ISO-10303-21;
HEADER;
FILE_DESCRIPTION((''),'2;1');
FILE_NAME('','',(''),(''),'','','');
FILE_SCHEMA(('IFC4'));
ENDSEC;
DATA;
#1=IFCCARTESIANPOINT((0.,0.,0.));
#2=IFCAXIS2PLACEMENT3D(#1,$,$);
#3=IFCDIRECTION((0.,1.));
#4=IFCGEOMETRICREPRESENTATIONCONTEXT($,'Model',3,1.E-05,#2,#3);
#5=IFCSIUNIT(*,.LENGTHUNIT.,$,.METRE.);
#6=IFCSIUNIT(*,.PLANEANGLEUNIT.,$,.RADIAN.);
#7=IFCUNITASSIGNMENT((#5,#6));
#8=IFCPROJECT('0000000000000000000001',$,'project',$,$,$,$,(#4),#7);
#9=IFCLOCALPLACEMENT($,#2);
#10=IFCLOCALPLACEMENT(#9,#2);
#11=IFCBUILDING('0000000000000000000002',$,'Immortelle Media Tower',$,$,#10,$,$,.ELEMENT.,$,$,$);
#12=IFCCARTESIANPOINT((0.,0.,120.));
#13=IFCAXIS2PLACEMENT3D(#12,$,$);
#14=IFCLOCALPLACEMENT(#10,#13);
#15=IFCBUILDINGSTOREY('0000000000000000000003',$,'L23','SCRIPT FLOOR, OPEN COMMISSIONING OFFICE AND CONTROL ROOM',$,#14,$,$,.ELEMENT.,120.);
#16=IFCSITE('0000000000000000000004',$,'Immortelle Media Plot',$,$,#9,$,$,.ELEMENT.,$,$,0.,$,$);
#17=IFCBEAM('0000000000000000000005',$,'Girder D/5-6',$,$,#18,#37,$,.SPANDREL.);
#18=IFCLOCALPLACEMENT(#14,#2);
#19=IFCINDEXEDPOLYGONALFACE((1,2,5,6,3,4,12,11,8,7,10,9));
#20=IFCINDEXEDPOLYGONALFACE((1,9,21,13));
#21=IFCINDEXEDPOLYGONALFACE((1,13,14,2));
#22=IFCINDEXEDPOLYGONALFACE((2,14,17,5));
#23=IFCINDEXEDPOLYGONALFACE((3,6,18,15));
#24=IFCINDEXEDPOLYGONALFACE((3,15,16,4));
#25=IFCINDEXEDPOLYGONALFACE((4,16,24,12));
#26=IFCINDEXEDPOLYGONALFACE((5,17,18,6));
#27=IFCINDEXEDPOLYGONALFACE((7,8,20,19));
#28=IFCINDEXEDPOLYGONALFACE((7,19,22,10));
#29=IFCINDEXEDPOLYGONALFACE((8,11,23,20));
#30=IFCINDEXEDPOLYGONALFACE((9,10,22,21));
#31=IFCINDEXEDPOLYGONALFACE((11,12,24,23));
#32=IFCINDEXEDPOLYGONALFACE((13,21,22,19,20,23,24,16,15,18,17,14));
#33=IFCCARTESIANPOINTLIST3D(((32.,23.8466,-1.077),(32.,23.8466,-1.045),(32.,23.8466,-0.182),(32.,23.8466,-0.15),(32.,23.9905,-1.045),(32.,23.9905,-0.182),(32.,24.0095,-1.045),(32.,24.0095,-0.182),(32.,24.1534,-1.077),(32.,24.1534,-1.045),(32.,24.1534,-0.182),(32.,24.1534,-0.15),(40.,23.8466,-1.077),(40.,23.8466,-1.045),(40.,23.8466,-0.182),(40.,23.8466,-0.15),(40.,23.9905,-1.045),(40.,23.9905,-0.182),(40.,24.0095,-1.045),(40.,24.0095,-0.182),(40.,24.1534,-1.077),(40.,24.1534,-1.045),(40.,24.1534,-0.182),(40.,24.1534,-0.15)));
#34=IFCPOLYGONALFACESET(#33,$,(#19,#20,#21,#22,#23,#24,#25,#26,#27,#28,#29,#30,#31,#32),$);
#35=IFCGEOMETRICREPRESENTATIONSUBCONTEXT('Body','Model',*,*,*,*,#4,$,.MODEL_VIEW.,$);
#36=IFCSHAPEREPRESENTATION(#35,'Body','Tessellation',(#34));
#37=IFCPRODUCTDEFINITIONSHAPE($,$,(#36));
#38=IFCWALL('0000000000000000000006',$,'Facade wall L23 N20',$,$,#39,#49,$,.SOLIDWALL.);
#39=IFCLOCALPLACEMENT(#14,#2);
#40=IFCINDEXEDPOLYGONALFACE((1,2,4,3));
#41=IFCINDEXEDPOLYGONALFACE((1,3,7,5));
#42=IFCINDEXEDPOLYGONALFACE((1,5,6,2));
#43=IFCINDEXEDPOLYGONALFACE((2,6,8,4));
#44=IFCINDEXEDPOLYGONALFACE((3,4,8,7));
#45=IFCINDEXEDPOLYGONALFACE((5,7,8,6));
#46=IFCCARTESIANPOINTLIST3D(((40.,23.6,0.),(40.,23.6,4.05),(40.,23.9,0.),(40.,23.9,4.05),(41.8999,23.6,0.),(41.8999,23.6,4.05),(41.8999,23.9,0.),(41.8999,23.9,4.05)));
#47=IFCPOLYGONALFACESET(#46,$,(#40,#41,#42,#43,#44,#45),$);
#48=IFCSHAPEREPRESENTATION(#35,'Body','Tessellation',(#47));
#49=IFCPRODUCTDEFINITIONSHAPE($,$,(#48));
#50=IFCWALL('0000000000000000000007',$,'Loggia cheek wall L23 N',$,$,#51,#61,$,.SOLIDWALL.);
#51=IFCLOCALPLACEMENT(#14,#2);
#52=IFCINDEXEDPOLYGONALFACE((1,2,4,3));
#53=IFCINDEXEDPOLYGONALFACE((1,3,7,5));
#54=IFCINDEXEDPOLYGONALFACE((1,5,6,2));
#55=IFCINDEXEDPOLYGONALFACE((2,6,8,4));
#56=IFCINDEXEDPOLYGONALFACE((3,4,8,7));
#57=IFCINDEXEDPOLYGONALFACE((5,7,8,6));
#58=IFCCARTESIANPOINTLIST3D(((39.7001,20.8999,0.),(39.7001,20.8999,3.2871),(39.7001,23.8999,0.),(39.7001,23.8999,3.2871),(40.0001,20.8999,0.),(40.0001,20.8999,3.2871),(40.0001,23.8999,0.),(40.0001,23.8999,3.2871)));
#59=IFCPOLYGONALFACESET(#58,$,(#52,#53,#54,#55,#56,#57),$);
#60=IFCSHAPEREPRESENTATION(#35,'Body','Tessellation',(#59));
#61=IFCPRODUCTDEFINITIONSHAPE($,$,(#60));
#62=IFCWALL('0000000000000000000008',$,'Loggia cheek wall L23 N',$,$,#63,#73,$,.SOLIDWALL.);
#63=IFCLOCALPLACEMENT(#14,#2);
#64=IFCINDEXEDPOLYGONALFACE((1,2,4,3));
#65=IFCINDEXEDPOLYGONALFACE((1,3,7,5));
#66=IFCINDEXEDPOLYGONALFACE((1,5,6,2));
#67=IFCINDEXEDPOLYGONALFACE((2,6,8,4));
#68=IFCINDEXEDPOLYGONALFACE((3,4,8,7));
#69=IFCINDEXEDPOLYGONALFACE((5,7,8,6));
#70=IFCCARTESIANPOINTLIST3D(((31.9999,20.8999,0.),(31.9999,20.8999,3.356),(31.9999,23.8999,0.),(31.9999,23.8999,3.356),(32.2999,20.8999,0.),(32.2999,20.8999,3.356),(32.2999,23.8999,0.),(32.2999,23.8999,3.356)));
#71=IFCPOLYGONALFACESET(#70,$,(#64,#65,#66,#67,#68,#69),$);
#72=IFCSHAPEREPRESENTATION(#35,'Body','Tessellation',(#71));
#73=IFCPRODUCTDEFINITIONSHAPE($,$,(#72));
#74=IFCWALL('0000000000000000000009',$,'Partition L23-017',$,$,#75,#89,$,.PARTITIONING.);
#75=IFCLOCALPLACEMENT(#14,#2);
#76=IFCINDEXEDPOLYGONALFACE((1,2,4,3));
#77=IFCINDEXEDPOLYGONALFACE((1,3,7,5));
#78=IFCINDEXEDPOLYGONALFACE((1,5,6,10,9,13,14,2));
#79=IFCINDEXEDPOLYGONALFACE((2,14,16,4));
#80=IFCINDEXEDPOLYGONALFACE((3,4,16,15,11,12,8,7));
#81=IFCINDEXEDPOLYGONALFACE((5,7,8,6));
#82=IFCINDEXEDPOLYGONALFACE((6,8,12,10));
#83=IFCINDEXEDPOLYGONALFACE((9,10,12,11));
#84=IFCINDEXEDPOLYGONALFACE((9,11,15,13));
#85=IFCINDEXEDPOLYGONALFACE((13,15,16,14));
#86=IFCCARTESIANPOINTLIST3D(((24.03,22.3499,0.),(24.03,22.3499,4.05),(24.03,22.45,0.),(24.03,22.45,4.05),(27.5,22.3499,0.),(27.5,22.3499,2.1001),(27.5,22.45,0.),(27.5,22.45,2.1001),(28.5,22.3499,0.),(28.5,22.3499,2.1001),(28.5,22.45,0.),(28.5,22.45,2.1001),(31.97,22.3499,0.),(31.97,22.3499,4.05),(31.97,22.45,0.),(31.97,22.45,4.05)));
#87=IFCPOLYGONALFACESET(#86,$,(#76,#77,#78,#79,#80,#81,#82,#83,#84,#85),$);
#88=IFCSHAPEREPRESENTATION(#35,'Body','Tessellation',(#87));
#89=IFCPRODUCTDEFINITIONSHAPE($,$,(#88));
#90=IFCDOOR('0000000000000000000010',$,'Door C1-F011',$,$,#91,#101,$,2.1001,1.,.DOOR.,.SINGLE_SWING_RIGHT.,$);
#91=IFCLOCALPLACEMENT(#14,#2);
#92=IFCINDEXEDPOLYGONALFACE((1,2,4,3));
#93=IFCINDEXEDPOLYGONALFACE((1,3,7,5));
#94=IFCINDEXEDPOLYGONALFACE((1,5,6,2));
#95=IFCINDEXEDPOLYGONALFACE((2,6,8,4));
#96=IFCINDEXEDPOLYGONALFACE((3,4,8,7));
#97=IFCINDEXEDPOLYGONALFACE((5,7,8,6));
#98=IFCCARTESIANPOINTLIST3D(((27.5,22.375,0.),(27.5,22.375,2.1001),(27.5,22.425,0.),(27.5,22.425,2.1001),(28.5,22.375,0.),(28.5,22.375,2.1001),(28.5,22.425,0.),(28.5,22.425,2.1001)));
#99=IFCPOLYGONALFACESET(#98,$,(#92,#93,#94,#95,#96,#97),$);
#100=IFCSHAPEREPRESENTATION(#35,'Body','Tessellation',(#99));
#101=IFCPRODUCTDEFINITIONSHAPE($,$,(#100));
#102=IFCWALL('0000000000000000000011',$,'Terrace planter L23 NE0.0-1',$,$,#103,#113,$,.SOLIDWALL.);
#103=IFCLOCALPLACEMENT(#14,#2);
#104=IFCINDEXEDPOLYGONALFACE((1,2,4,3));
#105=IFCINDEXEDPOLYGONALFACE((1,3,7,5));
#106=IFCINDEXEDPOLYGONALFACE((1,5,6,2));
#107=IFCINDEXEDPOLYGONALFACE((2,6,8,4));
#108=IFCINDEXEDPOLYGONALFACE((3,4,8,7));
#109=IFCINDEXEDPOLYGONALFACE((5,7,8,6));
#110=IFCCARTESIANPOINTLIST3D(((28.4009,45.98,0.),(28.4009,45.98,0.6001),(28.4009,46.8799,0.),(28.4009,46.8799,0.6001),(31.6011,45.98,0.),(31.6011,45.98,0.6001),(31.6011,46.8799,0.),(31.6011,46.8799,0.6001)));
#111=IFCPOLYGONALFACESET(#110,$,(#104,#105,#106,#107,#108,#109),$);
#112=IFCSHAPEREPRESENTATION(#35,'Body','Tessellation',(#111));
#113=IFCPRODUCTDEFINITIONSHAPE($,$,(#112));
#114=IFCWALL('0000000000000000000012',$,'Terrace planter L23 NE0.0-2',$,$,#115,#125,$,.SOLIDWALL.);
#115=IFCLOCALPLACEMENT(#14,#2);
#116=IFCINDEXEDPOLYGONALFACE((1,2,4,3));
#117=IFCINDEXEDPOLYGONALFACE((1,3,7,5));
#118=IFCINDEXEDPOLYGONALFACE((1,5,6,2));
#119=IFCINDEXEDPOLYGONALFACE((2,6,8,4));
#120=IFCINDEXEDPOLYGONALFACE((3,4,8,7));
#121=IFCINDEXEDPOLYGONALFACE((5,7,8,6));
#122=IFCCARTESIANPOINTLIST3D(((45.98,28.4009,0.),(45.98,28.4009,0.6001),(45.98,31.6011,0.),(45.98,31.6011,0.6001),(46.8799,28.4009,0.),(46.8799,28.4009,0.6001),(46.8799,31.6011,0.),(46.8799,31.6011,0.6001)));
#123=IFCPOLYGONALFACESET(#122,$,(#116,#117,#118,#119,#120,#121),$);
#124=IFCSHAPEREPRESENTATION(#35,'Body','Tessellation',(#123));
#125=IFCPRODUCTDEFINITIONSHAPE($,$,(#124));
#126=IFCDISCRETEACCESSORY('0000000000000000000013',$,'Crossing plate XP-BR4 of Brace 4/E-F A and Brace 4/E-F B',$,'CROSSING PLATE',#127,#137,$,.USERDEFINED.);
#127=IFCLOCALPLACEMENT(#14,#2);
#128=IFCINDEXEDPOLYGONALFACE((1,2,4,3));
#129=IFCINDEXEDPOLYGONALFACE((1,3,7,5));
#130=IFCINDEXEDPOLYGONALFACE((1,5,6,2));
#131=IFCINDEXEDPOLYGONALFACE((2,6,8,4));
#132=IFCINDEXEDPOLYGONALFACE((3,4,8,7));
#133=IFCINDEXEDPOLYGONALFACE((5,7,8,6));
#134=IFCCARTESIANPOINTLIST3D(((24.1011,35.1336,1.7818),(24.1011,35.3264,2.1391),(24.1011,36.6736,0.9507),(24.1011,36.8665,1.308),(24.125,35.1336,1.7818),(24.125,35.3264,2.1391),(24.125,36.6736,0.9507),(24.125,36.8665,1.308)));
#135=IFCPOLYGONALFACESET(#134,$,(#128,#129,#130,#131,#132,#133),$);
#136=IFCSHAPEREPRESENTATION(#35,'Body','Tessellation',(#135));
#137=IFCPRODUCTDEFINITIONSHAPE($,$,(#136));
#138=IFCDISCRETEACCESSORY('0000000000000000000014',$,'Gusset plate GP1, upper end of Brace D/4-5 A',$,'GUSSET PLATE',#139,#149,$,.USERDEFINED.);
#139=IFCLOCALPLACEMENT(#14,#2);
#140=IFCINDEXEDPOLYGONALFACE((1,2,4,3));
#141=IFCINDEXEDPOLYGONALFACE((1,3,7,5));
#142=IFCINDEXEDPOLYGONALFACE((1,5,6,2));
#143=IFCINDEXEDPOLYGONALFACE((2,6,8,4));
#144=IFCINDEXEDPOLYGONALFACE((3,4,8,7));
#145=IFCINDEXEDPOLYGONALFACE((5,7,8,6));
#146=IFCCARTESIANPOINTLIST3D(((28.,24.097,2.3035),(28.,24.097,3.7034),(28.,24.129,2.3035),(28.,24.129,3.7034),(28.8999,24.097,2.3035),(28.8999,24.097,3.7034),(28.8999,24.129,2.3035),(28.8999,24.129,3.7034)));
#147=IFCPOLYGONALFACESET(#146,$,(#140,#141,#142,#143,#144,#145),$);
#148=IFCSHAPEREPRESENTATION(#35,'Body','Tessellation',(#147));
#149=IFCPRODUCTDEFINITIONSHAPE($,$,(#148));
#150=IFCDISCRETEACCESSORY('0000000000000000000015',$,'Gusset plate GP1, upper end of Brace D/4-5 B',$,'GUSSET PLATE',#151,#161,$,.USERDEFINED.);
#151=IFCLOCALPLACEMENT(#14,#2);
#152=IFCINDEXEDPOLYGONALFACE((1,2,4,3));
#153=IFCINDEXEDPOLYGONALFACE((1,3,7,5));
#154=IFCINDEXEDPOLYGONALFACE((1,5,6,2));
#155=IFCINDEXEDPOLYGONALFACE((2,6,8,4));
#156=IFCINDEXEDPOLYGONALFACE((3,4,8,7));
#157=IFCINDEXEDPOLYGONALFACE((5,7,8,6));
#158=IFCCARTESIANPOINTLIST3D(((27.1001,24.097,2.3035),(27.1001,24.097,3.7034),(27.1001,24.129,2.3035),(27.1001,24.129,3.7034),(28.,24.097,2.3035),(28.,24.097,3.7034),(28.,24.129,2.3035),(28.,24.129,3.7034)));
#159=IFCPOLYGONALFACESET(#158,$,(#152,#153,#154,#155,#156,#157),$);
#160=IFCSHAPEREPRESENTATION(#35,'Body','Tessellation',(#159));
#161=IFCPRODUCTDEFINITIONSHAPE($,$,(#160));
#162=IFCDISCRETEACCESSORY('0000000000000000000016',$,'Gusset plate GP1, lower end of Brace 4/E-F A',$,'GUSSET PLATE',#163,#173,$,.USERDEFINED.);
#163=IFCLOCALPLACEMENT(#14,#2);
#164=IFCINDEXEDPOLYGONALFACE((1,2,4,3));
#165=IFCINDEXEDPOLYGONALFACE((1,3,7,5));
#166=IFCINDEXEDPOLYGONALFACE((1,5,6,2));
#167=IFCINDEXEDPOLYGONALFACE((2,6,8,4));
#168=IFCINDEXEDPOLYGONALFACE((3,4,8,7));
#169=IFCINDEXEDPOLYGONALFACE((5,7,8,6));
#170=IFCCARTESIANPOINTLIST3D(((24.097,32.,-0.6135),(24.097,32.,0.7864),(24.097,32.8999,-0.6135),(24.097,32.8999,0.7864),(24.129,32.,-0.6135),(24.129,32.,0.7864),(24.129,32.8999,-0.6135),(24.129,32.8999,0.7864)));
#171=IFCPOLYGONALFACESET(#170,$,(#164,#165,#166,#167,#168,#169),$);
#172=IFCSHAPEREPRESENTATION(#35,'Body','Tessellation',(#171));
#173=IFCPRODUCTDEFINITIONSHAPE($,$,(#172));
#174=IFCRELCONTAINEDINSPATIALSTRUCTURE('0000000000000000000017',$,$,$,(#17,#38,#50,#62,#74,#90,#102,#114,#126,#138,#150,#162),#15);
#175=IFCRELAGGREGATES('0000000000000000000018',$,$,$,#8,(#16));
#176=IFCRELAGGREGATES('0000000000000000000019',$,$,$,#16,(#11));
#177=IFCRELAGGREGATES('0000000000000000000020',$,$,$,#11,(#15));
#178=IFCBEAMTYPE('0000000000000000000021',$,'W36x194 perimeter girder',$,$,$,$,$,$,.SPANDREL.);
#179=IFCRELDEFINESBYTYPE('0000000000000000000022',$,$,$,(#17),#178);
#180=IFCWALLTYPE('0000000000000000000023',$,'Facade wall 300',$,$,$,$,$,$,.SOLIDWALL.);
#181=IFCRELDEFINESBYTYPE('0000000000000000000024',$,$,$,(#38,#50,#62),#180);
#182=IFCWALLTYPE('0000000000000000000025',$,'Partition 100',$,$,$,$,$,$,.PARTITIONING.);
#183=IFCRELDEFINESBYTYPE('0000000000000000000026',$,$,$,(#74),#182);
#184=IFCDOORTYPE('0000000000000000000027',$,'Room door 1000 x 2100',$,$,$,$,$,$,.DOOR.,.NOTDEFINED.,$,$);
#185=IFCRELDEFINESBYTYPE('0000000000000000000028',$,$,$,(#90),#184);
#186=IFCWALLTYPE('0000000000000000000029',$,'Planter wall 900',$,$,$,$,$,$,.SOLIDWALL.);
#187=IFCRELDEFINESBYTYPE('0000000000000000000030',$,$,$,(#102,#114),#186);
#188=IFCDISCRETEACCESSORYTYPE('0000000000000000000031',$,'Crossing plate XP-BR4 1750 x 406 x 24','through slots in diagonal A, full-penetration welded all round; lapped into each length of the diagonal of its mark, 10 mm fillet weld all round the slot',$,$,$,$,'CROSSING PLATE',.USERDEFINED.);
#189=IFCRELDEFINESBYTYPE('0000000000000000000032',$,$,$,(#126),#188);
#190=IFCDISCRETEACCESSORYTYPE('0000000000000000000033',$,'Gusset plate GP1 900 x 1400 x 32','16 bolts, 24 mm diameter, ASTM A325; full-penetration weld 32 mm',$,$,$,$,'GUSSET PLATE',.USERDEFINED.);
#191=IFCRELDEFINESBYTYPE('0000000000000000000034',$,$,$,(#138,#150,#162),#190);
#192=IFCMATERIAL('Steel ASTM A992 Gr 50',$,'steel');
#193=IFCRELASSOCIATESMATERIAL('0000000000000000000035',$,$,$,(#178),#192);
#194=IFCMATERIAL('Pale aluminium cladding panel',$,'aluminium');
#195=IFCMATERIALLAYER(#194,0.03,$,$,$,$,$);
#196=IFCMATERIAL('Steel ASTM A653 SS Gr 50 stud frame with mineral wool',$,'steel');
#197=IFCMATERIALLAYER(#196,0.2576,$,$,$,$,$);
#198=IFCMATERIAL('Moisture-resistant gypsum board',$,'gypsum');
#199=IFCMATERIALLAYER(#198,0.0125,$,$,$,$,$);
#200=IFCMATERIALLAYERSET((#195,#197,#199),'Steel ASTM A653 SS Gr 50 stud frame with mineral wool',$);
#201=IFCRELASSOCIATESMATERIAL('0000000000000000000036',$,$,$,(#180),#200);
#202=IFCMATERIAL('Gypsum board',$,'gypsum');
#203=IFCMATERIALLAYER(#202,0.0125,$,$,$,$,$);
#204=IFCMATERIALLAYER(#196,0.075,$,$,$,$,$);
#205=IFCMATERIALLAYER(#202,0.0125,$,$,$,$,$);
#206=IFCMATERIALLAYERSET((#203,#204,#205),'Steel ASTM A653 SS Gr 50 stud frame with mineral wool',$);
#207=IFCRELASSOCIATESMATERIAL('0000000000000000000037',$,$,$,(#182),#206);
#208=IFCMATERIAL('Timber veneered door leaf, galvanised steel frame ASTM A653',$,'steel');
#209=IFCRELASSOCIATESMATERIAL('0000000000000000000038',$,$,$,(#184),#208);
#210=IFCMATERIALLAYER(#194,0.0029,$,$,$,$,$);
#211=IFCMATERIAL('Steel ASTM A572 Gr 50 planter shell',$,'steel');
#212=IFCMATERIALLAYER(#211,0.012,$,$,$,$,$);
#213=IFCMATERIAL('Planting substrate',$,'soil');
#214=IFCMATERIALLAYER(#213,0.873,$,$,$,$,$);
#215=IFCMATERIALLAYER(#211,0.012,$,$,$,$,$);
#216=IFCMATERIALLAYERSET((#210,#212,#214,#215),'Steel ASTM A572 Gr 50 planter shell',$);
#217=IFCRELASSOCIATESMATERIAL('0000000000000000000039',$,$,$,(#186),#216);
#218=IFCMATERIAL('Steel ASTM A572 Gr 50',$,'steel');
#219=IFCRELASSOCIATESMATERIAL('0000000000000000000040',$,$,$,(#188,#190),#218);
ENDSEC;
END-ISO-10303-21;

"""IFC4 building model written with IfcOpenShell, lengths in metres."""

from ifc_helpers import new_model, si_unit, direction, frame, frame_2d, origin, origin_2d, place, context, subcontext, project, spatial, rectangle, i_section, extrude, material, layer, layer_set, material_profile, profile_set, type_object, element, fill, save


model = new_model("IFC4")

# Units and contexts
model_context = context("Model", 3, precision=1e-05, world=origin(), true_north=direction((0.0, 1.0)))
body_context = subcontext(model_context, "Body", "Model", "MODEL_VIEW")
ifc_project = project(units=[si_unit("LENGTHUNIT", "METRE"), si_unit("PLANEANGLEUNIT", "RADIAN")], contexts=[model_context])

# Site, building, storey
site_placement = place(None, origin())
site = spatial("IfcSite", under=ifc_project, at=site_placement, Name="Immortelle Media Plot", CompositionType="ELEMENT", RefElevation=0.0)
building_placement = place(site_placement, origin())
building = spatial("IfcBuilding", under=site, at=building_placement, Name="Immortelle Media Tower", CompositionType="ELEMENT")
storey_placement = place(building_placement, frame((0.0, 0.0, 120.0)))
storey = spatial("IfcBuildingStorey", under=building, at=storey_placement, Name="L23", Description="SCRIPT FLOOR, OPEN COMMISSIONING OFFICE AND CONTROL ROOM", CompositionType="ELEMENT", Elevation=120.0)

# Shared definitions
ifc_material_1 = material(Name="Steel ASTM A992 Gr 50", Category="steel")

# Beam
ifc_material_profile_1 = material_profile(ifc_material_1, i_section(OverallWidth=0.3069, OverallDepth=0.927, WebThickness=0.019, FlangeThickness=0.032, at=origin_2d()), Name="W36x194")
ifc_profile_set_1 = profile_set([ifc_material_profile_1], Name="Steel ASTM A992 Gr 50")
beam_type_1 = type_object("IfcBeamType", Name="W36x194 perimeter girder", PredefinedType="SPANDREL", material=ifc_profile_set_1)
beam_1_placement = place(storey_placement, frame((32.0, 24.0, -0.6135), z_axis=(1.0, 0.0, 0.0), x_axis=(0.0, 1.0, 0.0)))
element("IfcBeam", 1, at=beam_1_placement, inside=storey, type_object=beam_type_1, Name="Girder D/5-6", PredefinedType="SPANDREL", context=body_context, shape_type="SweptSolid", body=[
    extrude(i_section(OverallWidth=0.3069, OverallDepth=0.927, WebThickness=0.019, FlangeThickness=0.032, at=origin_2d()), origin(), (0.0, 0.0, 1.0), 8.0),
])

# Walls
ifc_material_2 = material(Name="Pale aluminium cladding panel", Category="aluminium")
ifc_layer_1 = layer(ifc_material_2, 0.03)
ifc_material_3 = material(Name="Steel ASTM A653 SS Gr 50 stud frame with mineral wool", Category="steel")
ifc_layer_2 = layer(ifc_material_3, 0.2576)
ifc_material_4 = material(Name="Moisture-resistant gypsum board", Category="gypsum")
ifc_layer_3 = layer(ifc_material_4, 0.0125)
ifc_layer_set_1 = layer_set([ifc_layer_1, ifc_layer_2, ifc_layer_3], Name="Steel ASTM A653 SS Gr 50 stud frame with mineral wool")
wall_type_1 = type_object("IfcWallType", Name="Facade wall 300", PredefinedType="SOLIDWALL", material=ifc_layer_set_1)
wall_1_placement = place(storey_placement, frame((41.8999, 23.75, 0.0), z_axis=(0.0, 0.0, 1.0), x_axis=(-1.0, 0.0, 0.0)))
element("IfcWall", 2, at=wall_1_placement, inside=storey, type_object=wall_type_1, Name="Facade wall L23 N20", PredefinedType="SOLIDWALL", context=body_context, shape_type="SweptSolid", body=[
    extrude(rectangle(XDim=1.8999, YDim=0.3, at=frame_2d((0.95, 0.0))), origin(), (0.0, 0.0, 1.0), 4.05),
])
wall_2_placement = place(storey_placement, frame((39.8501, 23.8999, 0.0), z_axis=(0.0, 0.0, 1.0), x_axis=(0.0, -1.0, 0.0)))
element("IfcWall", 3, at=wall_2_placement, inside=storey, type_object=wall_type_1, Name="Loggia cheek wall L23 N", PredefinedType="SOLIDWALL", context=body_context, shape_type="SweptSolid", body=[
    extrude(rectangle(XDim=3.0, YDim=0.3, at=frame_2d((1.5, 0.0))), origin(), (0.0, 0.0, 1.0), 3.2871),
])
wall_3_placement = place(storey_placement, frame((32.1499, 23.8999, 0.0), z_axis=(0.0, 0.0, 1.0), x_axis=(0.0, -1.0, 0.0)))
element("IfcWall", 4, at=wall_3_placement, inside=storey, type_object=wall_type_1, Name="Loggia cheek wall L23 N", PredefinedType="SOLIDWALL", context=body_context, shape_type="SweptSolid", body=[
    extrude(rectangle(XDim=3.0, YDim=0.3, at=frame_2d((1.5, 0.0))), origin(), (0.0, 0.0, 1.0), 3.356),
])

# Wall, opening, door
ifc_material_5 = material(Name="Gypsum board", Category="gypsum")
ifc_layer_4 = layer(ifc_material_5, 0.0125)
ifc_layer_5 = layer(ifc_material_3, 0.075)
ifc_layer_6 = layer(ifc_material_5, 0.0125)
ifc_layer_set_2 = layer_set([ifc_layer_4, ifc_layer_5, ifc_layer_6], Name="Steel ASTM A653 SS Gr 50 stud frame with mineral wool")
wall_type_2 = type_object("IfcWallType", Name="Partition 100", PredefinedType="PARTITIONING", material=ifc_layer_set_2)
wall_4_placement = place(storey_placement, frame((24.03, 22.3999, 0.0), z_axis=(0.0, 0.0, 1.0), x_axis=(1.0, 0.0, 0.0)))
wall_4 = element("IfcWall", 5, at=wall_4_placement, inside=storey, type_object=wall_type_2, Name="Partition L23-017", PredefinedType="PARTITIONING", context=body_context, shape_type="SweptSolid", body=[
    extrude(rectangle(XDim=7.9399, YDim=0.1001, at=frame_2d((3.97, 0.0))), origin(), (0.0, 0.0, 1.0), 4.05),
])
opening_1_placement = place(wall_4_placement, frame((4.47, 0.0, 0.0), z_axis=(0.0, 0.0, 1.0), x_axis=(-1.0, 0.0, 0.0)))
opening_1 = element("IfcOpeningElement", 6, at=opening_1_placement, cuts=wall_4, PredefinedType="OPENING", context=body_context, shape_type="SweptSolid", body=[
    extrude(rectangle(XDim=1.0, YDim=2.1001, at=frame_2d((0.5, 1.05))), frame((0.0, 0.0601, 0.0), z_axis=(0.0, -1.0, 0.0), x_axis=(1.0, 0.0, 0.0)), (0.0, 0.0, 1.0), 0.1201),
])
ifc_material_6 = material(Name="Timber veneered door leaf, galvanised steel frame ASTM A653", Category="steel")
door_type_1 = type_object("IfcDoorType", Name="Room door 1000 x 2100", OperationType="NOTDEFINED", PredefinedType="DOOR", material=ifc_material_6)
door_1_placement = place(opening_1_placement, origin())
door_1 = element("IfcDoor", 7, at=door_1_placement, inside=storey, type_object=door_type_1, Name="Door C1-F011", OperationType="SINGLE_SWING_RIGHT", OverallHeight=2.1001, OverallWidth=1.0, PredefinedType="DOOR", context=body_context, shape_type="SweptSolid", body=[
    extrude(rectangle(XDim=1.0, YDim=2.1001, at=frame_2d((0.5, 1.05))), frame((0.0, 0.0249, 0.0), z_axis=(0.0, -1.0, 0.0), x_axis=(1.0, 0.0, 0.0)), (0.0, 0.0, 1.0), 0.05),
])
fill(opening_1, door_1)

# Walls
ifc_layer_7 = layer(ifc_material_2, 0.0029)
ifc_material_7 = material(Name="Steel ASTM A572 Gr 50 planter shell", Category="steel")
ifc_layer_8 = layer(ifc_material_7, 0.012)
ifc_material_8 = material(Name="Planting substrate", Category="soil")
ifc_layer_9 = layer(ifc_material_8, 0.873)
ifc_layer_10 = layer(ifc_material_7, 0.012)
ifc_layer_set_3 = layer_set([ifc_layer_7, ifc_layer_8, ifc_layer_9, ifc_layer_10], Name="Steel ASTM A572 Gr 50 planter shell")
wall_type_3 = type_object("IfcWallType", Name="Planter wall 900", PredefinedType="SOLIDWALL", material=ifc_layer_set_3)
for number, where, z_axis, x_axis, name in (
    (8, (28.4009, 46.4299, 0.0), (0.0, 0.0, 1.0), (1.0, 0.0, 0.0), "Terrace planter L23 NE0.0-1"),
    (9, (46.4299, 31.6011, 0.0), (0.0, 0.0, 1.0), (0.0, -1.0, 0.0), "Terrace planter L23 NE0.0-2"),
):
    element("IfcWall", number, at=place(storey_placement, frame(where, z_axis=z_axis, x_axis=x_axis)), inside=storey, type_object=wall_type_3, Name=name, PredefinedType="SOLIDWALL", context=body_context, shape_type="SweptSolid", body=[
        extrude(rectangle(XDim=3.2002, YDim=0.8999, at=frame_2d((1.6001, 0.0))), origin(), (0.0, 0.0, 1.0), 0.6001),
    ])

# Discrete accessories
ifc_material_9 = material(Name="Steel ASTM A572 Gr 50", Category="steel")
ifc_material_profile_2 = material_profile(ifc_material_9, rectangle(XDim=0.0239, YDim=0.406, at=origin_2d()), Name="PL 24 x 406")
ifc_profile_set_2 = profile_set([ifc_material_profile_2], Name="Steel ASTM A572 Gr 50")
discrete_accessory_type_1 = type_object("IfcDiscreteAccessoryType", Name="Crossing plate XP-BR4 1750 x 406 x 24", Description="through slots in diagonal A, full-penetration welded all round; lapped into each length of the diagonal of its mark, 10 mm fillet weld all round the slot", ElementType="CROSSING PLATE", PredefinedType="USERDEFINED", material=ifc_profile_set_2)
discrete_accessory_placement = place(storey_placement, frame((24.113, 35.23, 1.9604), z_axis=(0.0, 0.880041, -0.474898), x_axis=(-1.0, 0.0, 0.0)))
element("IfcDiscreteAccessory", 10, at=discrete_accessory_placement, inside=storey, type_object=discrete_accessory_type_1, Name="Crossing plate XP-BR4 of Brace 4/E-F A and Brace 4/E-F B", ObjectType="CROSSING PLATE", PredefinedType="USERDEFINED", context=body_context, shape_type="SweptSolid", body=[
    extrude(rectangle(XDim=0.0239, YDim=0.406, at=origin_2d()), origin(), (0.0, 0.0, 1.0), 1.75),
])
ifc_material_profile_3 = material_profile(ifc_material_9, rectangle(XDim=0.032, YDim=1.3999, at=origin_2d()), Name="PL 32 x 1400")
ifc_profile_set_3 = profile_set([ifc_material_profile_3], Name="Steel ASTM A572 Gr 50")
discrete_accessory_type_2 = type_object("IfcDiscreteAccessoryType", Name="Gusset plate GP1 900 x 1400 x 32", Description="16 bolts, 24 mm diameter, ASTM A325; full-penetration weld 32 mm", ElementType="GUSSET PLATE", PredefinedType="USERDEFINED", material=ifc_profile_set_3)
for number, where, z_axis, x_axis, name in (
    (11, (28.0, 24.113, 3.0034), (1.0, 0.0, 0.0), (0.0, 1.0, 0.0), "Gusset plate GP1, upper end of Brace D/4-5 A"),
    (12, (28.0, 24.113, 3.0034), (-1.0, 0.0, 0.0), (0.0, -1.0, 0.0), "Gusset plate GP1, upper end of Brace D/4-5 B"),
    (13, (24.113, 32.0, 0.0864), (0.0, 1.0, 0.0), (-1.0, 0.0, 0.0), "Gusset plate GP1, lower end of Brace 4/E-F A"),
):
    element("IfcDiscreteAccessory", number, at=place(storey_placement, frame(where, z_axis=z_axis, x_axis=x_axis)), inside=storey, type_object=discrete_accessory_type_2, Name=name, ObjectType="GUSSET PLATE", PredefinedType="USERDEFINED", context=body_context, shape_type="SweptSolid", body=[
        extrude(rectangle(XDim=0.032, YDim=1.3999, at=origin_2d()), origin(), (0.0, 0.0, 1.0), 0.8999),
    ])

save(model, "model.ifc")
